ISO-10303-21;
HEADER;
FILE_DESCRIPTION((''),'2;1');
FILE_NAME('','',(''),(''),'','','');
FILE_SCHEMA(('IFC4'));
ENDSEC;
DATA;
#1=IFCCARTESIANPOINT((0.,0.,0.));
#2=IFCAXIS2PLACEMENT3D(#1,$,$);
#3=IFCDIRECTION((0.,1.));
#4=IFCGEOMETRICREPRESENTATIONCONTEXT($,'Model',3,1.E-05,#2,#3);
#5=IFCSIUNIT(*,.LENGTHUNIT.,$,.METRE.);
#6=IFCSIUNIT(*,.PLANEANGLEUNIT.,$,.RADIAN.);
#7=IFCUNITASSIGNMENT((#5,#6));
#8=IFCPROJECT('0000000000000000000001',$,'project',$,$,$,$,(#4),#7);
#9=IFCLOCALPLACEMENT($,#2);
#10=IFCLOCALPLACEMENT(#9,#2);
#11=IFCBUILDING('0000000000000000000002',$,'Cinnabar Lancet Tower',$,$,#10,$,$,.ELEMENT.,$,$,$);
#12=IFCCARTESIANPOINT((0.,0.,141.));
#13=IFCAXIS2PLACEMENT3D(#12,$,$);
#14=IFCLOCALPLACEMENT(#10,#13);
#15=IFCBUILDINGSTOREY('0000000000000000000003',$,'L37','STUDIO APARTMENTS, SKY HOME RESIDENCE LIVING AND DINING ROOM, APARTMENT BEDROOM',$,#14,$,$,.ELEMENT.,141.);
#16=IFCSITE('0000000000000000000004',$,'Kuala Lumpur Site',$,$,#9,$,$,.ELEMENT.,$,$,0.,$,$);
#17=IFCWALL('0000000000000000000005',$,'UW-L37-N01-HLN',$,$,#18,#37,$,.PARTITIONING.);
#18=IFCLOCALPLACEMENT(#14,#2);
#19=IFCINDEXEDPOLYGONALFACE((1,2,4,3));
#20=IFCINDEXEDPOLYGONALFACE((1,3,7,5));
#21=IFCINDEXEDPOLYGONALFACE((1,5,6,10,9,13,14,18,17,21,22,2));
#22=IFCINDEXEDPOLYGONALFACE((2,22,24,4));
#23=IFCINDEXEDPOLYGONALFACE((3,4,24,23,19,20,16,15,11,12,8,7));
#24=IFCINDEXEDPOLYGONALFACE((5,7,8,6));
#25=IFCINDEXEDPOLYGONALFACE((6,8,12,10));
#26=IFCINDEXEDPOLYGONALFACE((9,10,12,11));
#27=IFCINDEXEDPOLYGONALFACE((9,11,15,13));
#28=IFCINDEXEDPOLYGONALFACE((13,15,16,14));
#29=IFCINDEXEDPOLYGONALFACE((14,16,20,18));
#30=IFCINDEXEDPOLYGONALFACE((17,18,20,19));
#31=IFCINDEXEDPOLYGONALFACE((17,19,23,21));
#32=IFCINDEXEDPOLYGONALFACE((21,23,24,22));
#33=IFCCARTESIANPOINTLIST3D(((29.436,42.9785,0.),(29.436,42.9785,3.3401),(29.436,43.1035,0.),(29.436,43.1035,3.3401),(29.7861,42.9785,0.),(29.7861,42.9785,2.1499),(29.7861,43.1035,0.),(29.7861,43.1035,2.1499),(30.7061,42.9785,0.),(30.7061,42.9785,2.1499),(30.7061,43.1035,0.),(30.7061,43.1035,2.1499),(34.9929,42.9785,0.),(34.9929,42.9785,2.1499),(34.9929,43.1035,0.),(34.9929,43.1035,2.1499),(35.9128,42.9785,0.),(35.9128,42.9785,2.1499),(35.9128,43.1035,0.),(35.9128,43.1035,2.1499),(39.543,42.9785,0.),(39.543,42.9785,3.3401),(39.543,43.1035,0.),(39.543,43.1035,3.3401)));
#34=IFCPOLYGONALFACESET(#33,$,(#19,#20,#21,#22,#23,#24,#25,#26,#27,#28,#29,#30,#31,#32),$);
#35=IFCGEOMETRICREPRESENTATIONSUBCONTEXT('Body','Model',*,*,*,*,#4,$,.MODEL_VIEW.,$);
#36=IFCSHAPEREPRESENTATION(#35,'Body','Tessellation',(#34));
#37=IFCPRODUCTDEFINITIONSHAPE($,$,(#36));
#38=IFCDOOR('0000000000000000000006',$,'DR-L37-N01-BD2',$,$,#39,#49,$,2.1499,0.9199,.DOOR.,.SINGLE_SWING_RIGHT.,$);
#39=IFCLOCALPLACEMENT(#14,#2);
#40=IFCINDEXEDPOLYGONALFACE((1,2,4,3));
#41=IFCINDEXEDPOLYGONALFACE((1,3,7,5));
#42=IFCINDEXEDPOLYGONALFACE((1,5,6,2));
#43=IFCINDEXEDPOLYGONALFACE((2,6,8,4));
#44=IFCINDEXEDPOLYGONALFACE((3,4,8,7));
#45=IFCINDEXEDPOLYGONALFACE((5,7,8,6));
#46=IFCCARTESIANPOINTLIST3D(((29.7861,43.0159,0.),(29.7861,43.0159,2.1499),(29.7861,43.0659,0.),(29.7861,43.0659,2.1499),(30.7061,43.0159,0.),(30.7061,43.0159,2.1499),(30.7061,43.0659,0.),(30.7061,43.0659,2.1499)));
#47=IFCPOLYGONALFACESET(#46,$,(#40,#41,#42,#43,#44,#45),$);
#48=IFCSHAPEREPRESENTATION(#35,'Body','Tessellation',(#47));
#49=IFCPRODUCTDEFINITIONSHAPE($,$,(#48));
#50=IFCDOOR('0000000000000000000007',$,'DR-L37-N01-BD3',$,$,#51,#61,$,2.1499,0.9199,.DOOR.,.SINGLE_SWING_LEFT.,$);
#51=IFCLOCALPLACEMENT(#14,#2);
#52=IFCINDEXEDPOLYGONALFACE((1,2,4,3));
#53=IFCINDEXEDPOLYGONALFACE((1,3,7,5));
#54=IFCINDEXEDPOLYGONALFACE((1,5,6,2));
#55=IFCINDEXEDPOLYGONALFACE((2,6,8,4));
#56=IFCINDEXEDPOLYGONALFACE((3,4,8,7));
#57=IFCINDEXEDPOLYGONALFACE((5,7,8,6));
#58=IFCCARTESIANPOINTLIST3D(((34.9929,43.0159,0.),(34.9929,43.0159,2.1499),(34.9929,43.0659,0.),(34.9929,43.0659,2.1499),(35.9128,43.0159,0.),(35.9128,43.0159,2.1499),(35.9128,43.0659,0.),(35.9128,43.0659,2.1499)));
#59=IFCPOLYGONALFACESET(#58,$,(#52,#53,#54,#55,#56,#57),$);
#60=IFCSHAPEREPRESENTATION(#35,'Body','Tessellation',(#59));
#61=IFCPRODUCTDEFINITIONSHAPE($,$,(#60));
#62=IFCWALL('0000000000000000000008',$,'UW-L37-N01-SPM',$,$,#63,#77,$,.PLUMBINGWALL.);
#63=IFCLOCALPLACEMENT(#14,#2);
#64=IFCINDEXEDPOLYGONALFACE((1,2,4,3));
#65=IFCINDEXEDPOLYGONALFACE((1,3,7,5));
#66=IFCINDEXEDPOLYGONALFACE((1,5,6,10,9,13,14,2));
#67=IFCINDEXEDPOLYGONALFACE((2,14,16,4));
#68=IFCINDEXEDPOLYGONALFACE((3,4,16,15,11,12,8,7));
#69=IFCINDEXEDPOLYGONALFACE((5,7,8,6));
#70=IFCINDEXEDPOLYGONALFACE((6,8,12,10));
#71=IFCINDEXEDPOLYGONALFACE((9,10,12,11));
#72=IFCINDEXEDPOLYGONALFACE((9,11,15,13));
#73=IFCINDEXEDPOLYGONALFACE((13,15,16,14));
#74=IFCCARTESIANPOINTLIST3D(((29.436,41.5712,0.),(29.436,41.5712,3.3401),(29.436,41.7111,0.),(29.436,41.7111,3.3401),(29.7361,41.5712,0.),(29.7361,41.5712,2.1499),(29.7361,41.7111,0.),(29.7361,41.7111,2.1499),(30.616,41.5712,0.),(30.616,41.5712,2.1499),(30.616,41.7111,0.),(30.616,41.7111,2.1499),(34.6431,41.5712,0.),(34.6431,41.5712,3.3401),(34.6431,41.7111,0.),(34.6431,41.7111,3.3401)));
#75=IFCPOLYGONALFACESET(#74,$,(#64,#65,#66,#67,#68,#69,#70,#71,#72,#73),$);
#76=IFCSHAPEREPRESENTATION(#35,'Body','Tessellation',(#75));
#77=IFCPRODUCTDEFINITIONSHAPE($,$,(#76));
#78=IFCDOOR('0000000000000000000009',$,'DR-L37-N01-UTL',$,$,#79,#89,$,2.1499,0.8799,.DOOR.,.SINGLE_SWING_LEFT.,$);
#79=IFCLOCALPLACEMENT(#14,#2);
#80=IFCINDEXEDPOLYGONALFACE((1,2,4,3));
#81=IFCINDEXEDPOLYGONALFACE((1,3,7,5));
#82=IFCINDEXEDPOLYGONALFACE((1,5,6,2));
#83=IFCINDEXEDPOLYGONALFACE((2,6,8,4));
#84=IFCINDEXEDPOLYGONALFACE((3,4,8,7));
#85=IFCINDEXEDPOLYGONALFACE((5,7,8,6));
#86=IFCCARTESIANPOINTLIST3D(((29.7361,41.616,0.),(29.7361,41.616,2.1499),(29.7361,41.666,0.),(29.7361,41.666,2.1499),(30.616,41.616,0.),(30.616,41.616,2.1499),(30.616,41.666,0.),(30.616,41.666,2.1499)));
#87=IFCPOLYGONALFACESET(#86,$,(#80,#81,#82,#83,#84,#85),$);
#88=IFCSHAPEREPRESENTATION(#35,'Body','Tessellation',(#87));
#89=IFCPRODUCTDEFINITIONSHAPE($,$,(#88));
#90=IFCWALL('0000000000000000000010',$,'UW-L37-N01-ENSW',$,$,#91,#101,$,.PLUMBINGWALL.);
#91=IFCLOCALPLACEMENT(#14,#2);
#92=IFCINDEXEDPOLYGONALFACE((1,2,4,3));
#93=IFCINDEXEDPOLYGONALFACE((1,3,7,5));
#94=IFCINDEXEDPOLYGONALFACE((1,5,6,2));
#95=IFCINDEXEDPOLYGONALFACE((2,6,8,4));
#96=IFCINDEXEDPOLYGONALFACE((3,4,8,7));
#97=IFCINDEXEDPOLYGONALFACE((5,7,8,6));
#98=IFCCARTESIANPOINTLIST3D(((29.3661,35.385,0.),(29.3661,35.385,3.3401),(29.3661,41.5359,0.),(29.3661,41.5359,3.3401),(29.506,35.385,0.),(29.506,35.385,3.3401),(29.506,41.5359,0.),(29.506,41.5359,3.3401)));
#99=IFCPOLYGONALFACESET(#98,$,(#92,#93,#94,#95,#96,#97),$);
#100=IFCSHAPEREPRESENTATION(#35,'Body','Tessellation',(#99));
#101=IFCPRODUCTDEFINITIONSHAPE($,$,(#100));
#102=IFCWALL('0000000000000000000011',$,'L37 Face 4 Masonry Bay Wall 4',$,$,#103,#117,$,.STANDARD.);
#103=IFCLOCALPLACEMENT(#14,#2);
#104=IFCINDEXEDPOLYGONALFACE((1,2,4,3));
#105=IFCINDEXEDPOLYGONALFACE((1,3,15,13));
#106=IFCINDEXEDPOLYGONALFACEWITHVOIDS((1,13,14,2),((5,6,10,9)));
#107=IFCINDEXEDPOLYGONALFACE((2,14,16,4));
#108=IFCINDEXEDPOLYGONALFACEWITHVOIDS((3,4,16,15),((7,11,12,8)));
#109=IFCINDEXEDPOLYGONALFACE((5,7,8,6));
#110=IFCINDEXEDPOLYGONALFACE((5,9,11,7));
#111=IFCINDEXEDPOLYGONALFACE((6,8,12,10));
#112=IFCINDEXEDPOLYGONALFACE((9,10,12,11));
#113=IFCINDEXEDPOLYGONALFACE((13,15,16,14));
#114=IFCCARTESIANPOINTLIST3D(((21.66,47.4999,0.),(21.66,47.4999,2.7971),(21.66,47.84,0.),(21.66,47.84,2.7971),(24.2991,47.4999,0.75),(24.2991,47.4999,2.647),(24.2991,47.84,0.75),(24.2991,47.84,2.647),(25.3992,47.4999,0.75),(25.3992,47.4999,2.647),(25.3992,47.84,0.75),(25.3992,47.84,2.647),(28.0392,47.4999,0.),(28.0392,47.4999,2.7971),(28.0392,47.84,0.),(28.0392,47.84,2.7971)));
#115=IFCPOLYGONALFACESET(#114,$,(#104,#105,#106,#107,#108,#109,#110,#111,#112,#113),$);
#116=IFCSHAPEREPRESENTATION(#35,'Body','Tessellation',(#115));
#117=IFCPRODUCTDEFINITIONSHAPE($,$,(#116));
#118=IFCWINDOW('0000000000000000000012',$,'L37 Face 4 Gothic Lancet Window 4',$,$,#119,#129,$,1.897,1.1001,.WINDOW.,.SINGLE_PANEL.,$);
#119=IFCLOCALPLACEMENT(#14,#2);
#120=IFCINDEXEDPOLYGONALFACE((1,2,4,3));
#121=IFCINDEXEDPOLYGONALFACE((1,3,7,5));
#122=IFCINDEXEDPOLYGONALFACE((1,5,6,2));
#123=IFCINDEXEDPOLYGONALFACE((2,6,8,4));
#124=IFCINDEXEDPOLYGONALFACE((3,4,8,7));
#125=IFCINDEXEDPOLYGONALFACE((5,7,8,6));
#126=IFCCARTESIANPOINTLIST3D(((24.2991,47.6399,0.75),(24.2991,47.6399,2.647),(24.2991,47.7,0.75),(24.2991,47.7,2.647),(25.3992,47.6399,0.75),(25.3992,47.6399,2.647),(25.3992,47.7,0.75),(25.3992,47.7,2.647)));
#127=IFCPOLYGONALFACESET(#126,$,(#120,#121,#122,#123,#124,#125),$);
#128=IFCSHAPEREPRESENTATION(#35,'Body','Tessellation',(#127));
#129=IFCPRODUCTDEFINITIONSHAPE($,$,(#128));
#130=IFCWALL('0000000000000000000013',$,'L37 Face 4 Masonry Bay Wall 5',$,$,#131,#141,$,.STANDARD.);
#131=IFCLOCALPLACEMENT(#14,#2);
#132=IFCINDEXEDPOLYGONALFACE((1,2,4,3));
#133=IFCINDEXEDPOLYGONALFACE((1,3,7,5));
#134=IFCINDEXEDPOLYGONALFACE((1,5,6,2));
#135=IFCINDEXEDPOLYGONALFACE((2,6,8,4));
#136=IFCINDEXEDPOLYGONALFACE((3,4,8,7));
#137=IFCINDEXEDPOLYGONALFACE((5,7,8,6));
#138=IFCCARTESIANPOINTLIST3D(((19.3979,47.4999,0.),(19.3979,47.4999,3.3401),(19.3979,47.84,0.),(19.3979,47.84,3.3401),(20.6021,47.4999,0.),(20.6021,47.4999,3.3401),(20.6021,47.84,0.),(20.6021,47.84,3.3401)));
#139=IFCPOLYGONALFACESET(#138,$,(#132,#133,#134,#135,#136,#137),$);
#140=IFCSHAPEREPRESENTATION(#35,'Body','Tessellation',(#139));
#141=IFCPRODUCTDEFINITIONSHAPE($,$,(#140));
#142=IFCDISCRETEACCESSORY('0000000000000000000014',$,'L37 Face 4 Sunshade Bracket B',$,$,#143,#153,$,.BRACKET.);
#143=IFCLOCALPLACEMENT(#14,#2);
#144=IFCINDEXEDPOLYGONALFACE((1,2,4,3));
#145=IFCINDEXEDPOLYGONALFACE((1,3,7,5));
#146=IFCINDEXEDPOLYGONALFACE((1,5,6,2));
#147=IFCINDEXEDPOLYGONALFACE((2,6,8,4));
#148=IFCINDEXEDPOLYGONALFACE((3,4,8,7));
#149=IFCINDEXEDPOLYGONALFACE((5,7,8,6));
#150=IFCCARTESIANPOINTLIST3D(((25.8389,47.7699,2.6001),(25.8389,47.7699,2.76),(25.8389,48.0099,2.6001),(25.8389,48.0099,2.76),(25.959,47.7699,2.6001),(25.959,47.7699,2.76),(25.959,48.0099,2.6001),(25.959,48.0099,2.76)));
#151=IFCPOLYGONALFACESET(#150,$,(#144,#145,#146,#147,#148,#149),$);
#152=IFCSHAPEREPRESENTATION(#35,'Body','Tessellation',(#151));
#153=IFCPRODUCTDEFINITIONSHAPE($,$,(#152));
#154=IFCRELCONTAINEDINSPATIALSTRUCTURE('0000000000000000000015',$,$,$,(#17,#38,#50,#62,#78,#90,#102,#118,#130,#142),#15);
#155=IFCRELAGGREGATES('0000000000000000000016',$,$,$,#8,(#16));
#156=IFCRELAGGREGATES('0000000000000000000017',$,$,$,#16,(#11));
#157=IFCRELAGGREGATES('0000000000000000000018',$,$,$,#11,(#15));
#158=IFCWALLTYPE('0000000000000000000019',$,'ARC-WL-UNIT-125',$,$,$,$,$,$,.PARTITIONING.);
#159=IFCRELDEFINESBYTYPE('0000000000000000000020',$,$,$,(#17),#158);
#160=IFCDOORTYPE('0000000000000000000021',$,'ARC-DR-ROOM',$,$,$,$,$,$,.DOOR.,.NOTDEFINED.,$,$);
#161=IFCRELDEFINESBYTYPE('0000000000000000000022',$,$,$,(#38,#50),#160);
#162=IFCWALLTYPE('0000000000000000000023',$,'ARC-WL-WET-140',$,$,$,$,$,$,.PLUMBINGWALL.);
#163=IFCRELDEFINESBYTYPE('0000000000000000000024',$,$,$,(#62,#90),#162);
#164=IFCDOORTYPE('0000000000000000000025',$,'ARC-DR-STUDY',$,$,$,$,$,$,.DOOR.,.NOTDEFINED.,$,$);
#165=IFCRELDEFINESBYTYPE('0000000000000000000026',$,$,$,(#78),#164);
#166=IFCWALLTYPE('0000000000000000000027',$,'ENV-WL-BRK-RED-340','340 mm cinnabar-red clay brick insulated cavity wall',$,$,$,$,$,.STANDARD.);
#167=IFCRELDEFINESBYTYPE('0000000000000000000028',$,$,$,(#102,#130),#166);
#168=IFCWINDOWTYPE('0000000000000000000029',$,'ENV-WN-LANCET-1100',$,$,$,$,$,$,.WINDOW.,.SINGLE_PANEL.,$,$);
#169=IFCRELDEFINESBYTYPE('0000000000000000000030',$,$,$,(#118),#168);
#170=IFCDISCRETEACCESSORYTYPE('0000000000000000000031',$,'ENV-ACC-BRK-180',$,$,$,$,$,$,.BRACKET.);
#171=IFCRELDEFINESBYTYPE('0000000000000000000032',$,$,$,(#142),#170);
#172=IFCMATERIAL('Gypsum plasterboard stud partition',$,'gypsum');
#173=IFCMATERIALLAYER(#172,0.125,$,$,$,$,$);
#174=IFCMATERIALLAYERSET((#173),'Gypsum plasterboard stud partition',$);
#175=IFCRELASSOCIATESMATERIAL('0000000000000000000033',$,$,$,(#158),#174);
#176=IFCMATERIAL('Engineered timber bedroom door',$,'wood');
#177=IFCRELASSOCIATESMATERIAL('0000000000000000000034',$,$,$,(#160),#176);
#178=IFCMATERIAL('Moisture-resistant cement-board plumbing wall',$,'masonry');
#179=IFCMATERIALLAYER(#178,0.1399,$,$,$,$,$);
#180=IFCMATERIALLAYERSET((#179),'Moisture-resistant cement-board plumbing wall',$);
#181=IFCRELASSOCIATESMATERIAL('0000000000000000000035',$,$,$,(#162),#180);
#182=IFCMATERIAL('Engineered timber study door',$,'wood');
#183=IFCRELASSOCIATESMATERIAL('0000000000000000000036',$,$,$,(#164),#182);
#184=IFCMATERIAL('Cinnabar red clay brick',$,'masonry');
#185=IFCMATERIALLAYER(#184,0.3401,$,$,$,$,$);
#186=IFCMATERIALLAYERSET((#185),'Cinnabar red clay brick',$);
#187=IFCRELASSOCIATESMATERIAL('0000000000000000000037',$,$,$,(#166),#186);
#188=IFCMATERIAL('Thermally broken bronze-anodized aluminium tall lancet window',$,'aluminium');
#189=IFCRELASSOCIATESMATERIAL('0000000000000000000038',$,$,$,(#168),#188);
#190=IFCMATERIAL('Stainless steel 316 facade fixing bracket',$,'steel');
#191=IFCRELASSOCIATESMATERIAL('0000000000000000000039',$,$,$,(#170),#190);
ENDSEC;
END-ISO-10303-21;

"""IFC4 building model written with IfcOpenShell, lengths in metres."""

from ifc_helpers import new_model, si_unit, direction, frame, frame_2d, origin, origin_2d, place, context, subcontext, project, spatial, rectangle, extrude, material, layer, layer_set, type_object, element, fill, save


model = new_model("IFC4")

# Units and contexts
model_context = context("Model", 3, precision=1e-05, world=origin(), true_north=direction((0.0, 1.0)))
body_context = subcontext(model_context, "Body", "Model", "MODEL_VIEW")
ifc_project = project(units=[si_unit("LENGTHUNIT", "METRE"), si_unit("PLANEANGLEUNIT", "RADIAN")], contexts=[model_context])

# Site, building, storey
site_placement = place(None, origin())
site = spatial("IfcSite", under=ifc_project, at=site_placement, Name="Kuala Lumpur Site", CompositionType="ELEMENT", RefElevation=0.0)
building_placement = place(site_placement, origin())
building = spatial("IfcBuilding", under=site, at=building_placement, Name="Cinnabar Lancet Tower", CompositionType="ELEMENT")
storey_placement = place(building_placement, frame((0.0, 0.0, 141.0)))
storey = spatial("IfcBuildingStorey", under=building, at=storey_placement, Name="L37", Description="STUDIO APARTMENTS, SKY HOME RESIDENCE LIVING AND DINING ROOM, APARTMENT BEDROOM", CompositionType="ELEMENT", Elevation=141.0)

# Shared definitions
ifc_material_1 = material(Name="Gypsum plasterboard stud partition", Category="gypsum")
ifc_layer_1 = layer(ifc_material_1, 0.125)
ifc_layer_set_1 = layer_set([ifc_layer_1], Name="Gypsum plasterboard stud partition")
wall_type_1 = type_object("IfcWallType", Name="ARC-WL-UNIT-125", PredefinedType="PARTITIONING", material=ifc_layer_set_1)

# Wall, openings, doors
wall_1_placement = place(storey_placement, frame((29.436, 43.041, 0.0), z_axis=(0.0, 0.0, 1.0), x_axis=(1.0, 0.0, 0.0)))
wall_1 = element("IfcWall", 1, at=wall_1_placement, inside=storey, type_object=wall_type_1, Name="UW-L37-N01-HLN", PredefinedType="PARTITIONING", context=body_context, shape_type="SweptSolid", body=[
    extrude(rectangle(XDim=10.1069, YDim=0.125, at=frame_2d((5.0535, 0.0))), origin(), (0.0, 0.0, 1.0), 3.3401),
])
opening_1_placement = place(wall_1_placement, frame((0.3501, 0.0, 0.0)))
opening_1 = element("IfcOpeningElement", 2, at=opening_1_placement, cuts=wall_1, PredefinedType="OPENING", context=body_context, shape_type="SweptSolid", body=[
    extrude(rectangle(XDim=0.9199, YDim=2.1499, at=frame_2d((0.46, 1.075))), frame((0.0, 0.0725, 0.0), z_axis=(0.0, -1.0, 0.0), x_axis=(1.0, 0.0, 0.0)), (0.0, 0.0, 1.0), 0.145),
])
opening_2_placement = place(wall_1_placement, frame((5.5569, 0.0, 0.0)))
opening_2 = element("IfcOpeningElement", 3, at=opening_2_placement, cuts=wall_1, PredefinedType="OPENING", context=body_context, shape_type="SweptSolid", body=[
    extrude(rectangle(XDim=0.9199, YDim=2.1499, at=frame_2d((0.46, 1.075))), frame((0.0, 0.0725, 0.0), z_axis=(0.0, -1.0, 0.0), x_axis=(1.0, 0.0, 0.0)), (0.0, 0.0, 1.0), 0.145),
])
ifc_material_2 = material(Name="Engineered timber bedroom door", Category="wood")
door_type_1 = type_object("IfcDoorType", Name="ARC-DR-ROOM", OperationType="NOTDEFINED", PredefinedType="DOOR", material=ifc_material_2)
door_1_placement = place(opening_1_placement, origin())
door_1 = element("IfcDoor", 4, at=door_1_placement, inside=storey, type_object=door_type_1, Name="DR-L37-N01-BD2", OperationType="SINGLE_SWING_RIGHT", OverallHeight=2.1499, OverallWidth=0.9199, PredefinedType="DOOR", context=body_context, shape_type="SweptSolid", body=[
    extrude(rectangle(XDim=0.9199, YDim=2.1499, at=frame_2d((0.46, 1.075))), frame((0.0, 0.0249, 0.0), z_axis=(0.0, -1.0, 0.0), x_axis=(1.0, 0.0, 0.0)), (0.0, 0.0, 1.0), 0.05),
])
fill(opening_1, door_1)
door_2_placement = place(opening_2_placement, origin())
door_2 = element("IfcDoor", 5, at=door_2_placement, inside=storey, type_object=door_type_1, Name="DR-L37-N01-BD3", OperationType="SINGLE_SWING_LEFT", OverallHeight=2.1499, OverallWidth=0.9199, PredefinedType="DOOR", context=body_context, shape_type="SweptSolid", body=[
    extrude(rectangle(XDim=0.9199, YDim=2.1499, at=frame_2d((0.46, 1.075))), frame((0.0, 0.0249, 0.0), z_axis=(0.0, -1.0, 0.0), x_axis=(1.0, 0.0, 0.0)), (0.0, 0.0, 1.0), 0.05),
])
fill(opening_2, door_2)
ifc_material_3 = material(Name="Moisture-resistant cement-board plumbing wall", Category="masonry")
ifc_layer_2 = layer(ifc_material_3, 0.1399)
ifc_layer_set_2 = layer_set([ifc_layer_2], Name="Moisture-resistant cement-board plumbing wall")
wall_type_2 = type_object("IfcWallType", Name="ARC-WL-WET-140", PredefinedType="PLUMBINGWALL", material=ifc_layer_set_2)
ifc_material_4 = material(Name="Engineered timber study door", Category="wood")
door_type_2 = type_object("IfcDoorType", Name="ARC-DR-STUDY", OperationType="NOTDEFINED", PredefinedType="DOOR", material=ifc_material_4)

# Wall, opening, door
wall_2_placement = place(storey_placement, frame((29.436, 41.6411, 0.0), z_axis=(0.0, 0.0, 1.0), x_axis=(1.0, 0.0, 0.0)))
wall_2 = element("IfcWall", 6, at=wall_2_placement, inside=storey, type_object=wall_type_2, Name="UW-L37-N01-SPM", PredefinedType="PLUMBINGWALL", context=body_context, shape_type="SweptSolid", body=[
    extrude(rectangle(XDim=5.207, YDim=0.1399, at=frame_2d((2.6035, 0.0))), origin(), (0.0, 0.0, 1.0), 3.3401),
])
opening_3_placement = place(wall_2_placement, frame((0.3, 0.0, 0.0)))
opening_3 = element("IfcOpeningElement", 7, at=opening_3_placement, cuts=wall_2, PredefinedType="OPENING", context=body_context, shape_type="SweptSolid", body=[
    extrude(rectangle(XDim=0.8799, YDim=2.1499, at=frame_2d((0.4399, 1.075))), frame((0.0, 0.0798, 0.0), z_axis=(0.0, -1.0, 0.0), x_axis=(1.0, 0.0, 0.0)), (0.0, 0.0, 1.0), 0.1599),
])
door_3_placement = place(opening_3_placement, origin())
door_3 = element("IfcDoor", 8, at=door_3_placement, inside=storey, type_object=door_type_2, Name="DR-L37-N01-UTL", OperationType="SINGLE_SWING_LEFT", OverallHeight=2.1499, OverallWidth=0.8799, PredefinedType="DOOR", context=body_context, shape_type="SweptSolid", body=[
    extrude(rectangle(XDim=0.8799, YDim=2.1499, at=frame_2d((0.4399, 1.075))), frame((0.0, 0.0249, 0.0), z_axis=(0.0, -1.0, 0.0), x_axis=(1.0, 0.0, 0.0)), (0.0, 0.0, 1.0), 0.05),
])
fill(opening_3, door_3)

# Wall
wall_3_placement = place(storey_placement, frame((29.436, 35.385, 0.0), z_axis=(0.0, 0.0, 1.0), x_axis=(0.0, 1.0, 0.0)))
element("IfcWall", 9, at=wall_3_placement, inside=storey, type_object=wall_type_2, Name="UW-L37-N01-ENSW", PredefinedType="PLUMBINGWALL", context=body_context, shape_type="SweptSolid", body=[
    extrude(rectangle(XDim=6.1509, YDim=0.1399, at=frame_2d((3.0754, 0.0))), origin(), (0.0, 0.0, 1.0), 3.3401),
])

# Wall, opening, window
ifc_material_5 = material(Name="Cinnabar red clay brick", Category="masonry")
ifc_layer_3 = layer(ifc_material_5, 0.3401)
ifc_layer_set_3 = layer_set([ifc_layer_3], Name="Cinnabar red clay brick")
wall_type_3 = type_object("IfcWallType", Name="ENV-WL-BRK-RED-340", Description="340 mm cinnabar-red clay brick insulated cavity wall", PredefinedType="STANDARD", material=ifc_layer_set_3)
wall_4_placement = place(storey_placement, frame((28.0391, 47.6699, 0.0), z_axis=(0.0, 0.0, 1.0), x_axis=(-1.0, 0.0, 0.0)))
wall_4 = element("IfcWall", 10, at=wall_4_placement, inside=storey, type_object=wall_type_3, Name="L37 Face 4 Masonry Bay Wall 4", PredefinedType="STANDARD", context=body_context, shape_type="SweptSolid", body=[
    extrude(rectangle(XDim=6.3792, YDim=0.3401, at=frame_2d((3.1895, 0.0))), origin(), (0.0, 0.0, 1.0), 2.7971),
])
opening_4_placement = place(wall_4_placement, frame((2.6399, 0.0, 0.75)))
opening_4 = element("IfcOpeningElement", 11, at=opening_4_placement, cuts=wall_4, PredefinedType="OPENING", context=body_context, shape_type="SweptSolid", body=[
    extrude(rectangle(XDim=1.1001, YDim=1.897, at=frame_2d((0.55, 0.9485))), frame((0.0, 0.1799, 0.0), z_axis=(0.0, -1.0, 0.0), x_axis=(1.0, 0.0, 0.0)), (0.0, 0.0, 1.0), 0.3601),
])
ifc_material_6 = material(Name="Thermally broken bronze-anodized aluminium tall lancet window", Category="aluminium")
window_type = type_object("IfcWindowType", Name="ENV-WN-LANCET-1100", PartitioningType="SINGLE_PANEL", PredefinedType="WINDOW", material=ifc_material_6)
window_placement = place(opening_4_placement, origin())
window = element("IfcWindow", 12, at=window_placement, inside=storey, type_object=window_type, Name="L37 Face 4 Gothic Lancet Window 4", OverallHeight=1.897, OverallWidth=1.1001, PartitioningType="SINGLE_PANEL", PredefinedType="WINDOW", context=body_context, shape_type="SweptSolid", body=[
    extrude(rectangle(XDim=1.1001, YDim=1.897, at=frame_2d((0.55, 0.9485))), frame((0.0, 0.03, 0.0), z_axis=(0.0, -1.0, 0.0), x_axis=(1.0, 0.0, 0.0)), (0.0, 0.0, 1.0), 0.0601),
])
fill(opening_4, window)

# Wall
wall_5_placement = place(storey_placement, frame((20.6021, 47.6699, 0.0), z_axis=(0.0, 0.0, 1.0), x_axis=(-1.0, 0.0, 0.0)))
element("IfcWall", 13, at=wall_5_placement, inside=storey, type_object=wall_type_3, Name="L37 Face 4 Masonry Bay Wall 5", PredefinedType="STANDARD", context=body_context, shape_type="SweptSolid", body=[
    extrude(rectangle(XDim=1.2041, YDim=0.3401, at=frame_2d((0.6021, 0.0))), origin(), (0.0, 0.0, 1.0), 3.3401),
])

# Discrete accessory
ifc_material_7 = material(Name="Stainless steel 316 facade fixing bracket", Category="steel")
discrete_accessory_type = type_object("IfcDiscreteAccessoryType", Name="ENV-ACC-BRK-180", PredefinedType="BRACKET", material=ifc_material_7)
discrete_accessory_placement = place(storey_placement, frame((25.8989, 47.8899, 2.6001), z_axis=(0.0, 0.0, 1.0), x_axis=(-1.0, 0.0, 0.0)))
element("IfcDiscreteAccessory", 14, at=discrete_accessory_placement, inside=storey, type_object=discrete_accessory_type, Name="L37 Face 4 Sunshade Bracket B", PredefinedType="BRACKET", context=body_context, shape_type="SweptSolid", body=[
    extrude(rectangle(XDim=0.1201, YDim=0.24, at=origin_2d()), origin(), (0.0, 0.0, 1.0), 0.1599),
])

save(model, "model.ifc")
